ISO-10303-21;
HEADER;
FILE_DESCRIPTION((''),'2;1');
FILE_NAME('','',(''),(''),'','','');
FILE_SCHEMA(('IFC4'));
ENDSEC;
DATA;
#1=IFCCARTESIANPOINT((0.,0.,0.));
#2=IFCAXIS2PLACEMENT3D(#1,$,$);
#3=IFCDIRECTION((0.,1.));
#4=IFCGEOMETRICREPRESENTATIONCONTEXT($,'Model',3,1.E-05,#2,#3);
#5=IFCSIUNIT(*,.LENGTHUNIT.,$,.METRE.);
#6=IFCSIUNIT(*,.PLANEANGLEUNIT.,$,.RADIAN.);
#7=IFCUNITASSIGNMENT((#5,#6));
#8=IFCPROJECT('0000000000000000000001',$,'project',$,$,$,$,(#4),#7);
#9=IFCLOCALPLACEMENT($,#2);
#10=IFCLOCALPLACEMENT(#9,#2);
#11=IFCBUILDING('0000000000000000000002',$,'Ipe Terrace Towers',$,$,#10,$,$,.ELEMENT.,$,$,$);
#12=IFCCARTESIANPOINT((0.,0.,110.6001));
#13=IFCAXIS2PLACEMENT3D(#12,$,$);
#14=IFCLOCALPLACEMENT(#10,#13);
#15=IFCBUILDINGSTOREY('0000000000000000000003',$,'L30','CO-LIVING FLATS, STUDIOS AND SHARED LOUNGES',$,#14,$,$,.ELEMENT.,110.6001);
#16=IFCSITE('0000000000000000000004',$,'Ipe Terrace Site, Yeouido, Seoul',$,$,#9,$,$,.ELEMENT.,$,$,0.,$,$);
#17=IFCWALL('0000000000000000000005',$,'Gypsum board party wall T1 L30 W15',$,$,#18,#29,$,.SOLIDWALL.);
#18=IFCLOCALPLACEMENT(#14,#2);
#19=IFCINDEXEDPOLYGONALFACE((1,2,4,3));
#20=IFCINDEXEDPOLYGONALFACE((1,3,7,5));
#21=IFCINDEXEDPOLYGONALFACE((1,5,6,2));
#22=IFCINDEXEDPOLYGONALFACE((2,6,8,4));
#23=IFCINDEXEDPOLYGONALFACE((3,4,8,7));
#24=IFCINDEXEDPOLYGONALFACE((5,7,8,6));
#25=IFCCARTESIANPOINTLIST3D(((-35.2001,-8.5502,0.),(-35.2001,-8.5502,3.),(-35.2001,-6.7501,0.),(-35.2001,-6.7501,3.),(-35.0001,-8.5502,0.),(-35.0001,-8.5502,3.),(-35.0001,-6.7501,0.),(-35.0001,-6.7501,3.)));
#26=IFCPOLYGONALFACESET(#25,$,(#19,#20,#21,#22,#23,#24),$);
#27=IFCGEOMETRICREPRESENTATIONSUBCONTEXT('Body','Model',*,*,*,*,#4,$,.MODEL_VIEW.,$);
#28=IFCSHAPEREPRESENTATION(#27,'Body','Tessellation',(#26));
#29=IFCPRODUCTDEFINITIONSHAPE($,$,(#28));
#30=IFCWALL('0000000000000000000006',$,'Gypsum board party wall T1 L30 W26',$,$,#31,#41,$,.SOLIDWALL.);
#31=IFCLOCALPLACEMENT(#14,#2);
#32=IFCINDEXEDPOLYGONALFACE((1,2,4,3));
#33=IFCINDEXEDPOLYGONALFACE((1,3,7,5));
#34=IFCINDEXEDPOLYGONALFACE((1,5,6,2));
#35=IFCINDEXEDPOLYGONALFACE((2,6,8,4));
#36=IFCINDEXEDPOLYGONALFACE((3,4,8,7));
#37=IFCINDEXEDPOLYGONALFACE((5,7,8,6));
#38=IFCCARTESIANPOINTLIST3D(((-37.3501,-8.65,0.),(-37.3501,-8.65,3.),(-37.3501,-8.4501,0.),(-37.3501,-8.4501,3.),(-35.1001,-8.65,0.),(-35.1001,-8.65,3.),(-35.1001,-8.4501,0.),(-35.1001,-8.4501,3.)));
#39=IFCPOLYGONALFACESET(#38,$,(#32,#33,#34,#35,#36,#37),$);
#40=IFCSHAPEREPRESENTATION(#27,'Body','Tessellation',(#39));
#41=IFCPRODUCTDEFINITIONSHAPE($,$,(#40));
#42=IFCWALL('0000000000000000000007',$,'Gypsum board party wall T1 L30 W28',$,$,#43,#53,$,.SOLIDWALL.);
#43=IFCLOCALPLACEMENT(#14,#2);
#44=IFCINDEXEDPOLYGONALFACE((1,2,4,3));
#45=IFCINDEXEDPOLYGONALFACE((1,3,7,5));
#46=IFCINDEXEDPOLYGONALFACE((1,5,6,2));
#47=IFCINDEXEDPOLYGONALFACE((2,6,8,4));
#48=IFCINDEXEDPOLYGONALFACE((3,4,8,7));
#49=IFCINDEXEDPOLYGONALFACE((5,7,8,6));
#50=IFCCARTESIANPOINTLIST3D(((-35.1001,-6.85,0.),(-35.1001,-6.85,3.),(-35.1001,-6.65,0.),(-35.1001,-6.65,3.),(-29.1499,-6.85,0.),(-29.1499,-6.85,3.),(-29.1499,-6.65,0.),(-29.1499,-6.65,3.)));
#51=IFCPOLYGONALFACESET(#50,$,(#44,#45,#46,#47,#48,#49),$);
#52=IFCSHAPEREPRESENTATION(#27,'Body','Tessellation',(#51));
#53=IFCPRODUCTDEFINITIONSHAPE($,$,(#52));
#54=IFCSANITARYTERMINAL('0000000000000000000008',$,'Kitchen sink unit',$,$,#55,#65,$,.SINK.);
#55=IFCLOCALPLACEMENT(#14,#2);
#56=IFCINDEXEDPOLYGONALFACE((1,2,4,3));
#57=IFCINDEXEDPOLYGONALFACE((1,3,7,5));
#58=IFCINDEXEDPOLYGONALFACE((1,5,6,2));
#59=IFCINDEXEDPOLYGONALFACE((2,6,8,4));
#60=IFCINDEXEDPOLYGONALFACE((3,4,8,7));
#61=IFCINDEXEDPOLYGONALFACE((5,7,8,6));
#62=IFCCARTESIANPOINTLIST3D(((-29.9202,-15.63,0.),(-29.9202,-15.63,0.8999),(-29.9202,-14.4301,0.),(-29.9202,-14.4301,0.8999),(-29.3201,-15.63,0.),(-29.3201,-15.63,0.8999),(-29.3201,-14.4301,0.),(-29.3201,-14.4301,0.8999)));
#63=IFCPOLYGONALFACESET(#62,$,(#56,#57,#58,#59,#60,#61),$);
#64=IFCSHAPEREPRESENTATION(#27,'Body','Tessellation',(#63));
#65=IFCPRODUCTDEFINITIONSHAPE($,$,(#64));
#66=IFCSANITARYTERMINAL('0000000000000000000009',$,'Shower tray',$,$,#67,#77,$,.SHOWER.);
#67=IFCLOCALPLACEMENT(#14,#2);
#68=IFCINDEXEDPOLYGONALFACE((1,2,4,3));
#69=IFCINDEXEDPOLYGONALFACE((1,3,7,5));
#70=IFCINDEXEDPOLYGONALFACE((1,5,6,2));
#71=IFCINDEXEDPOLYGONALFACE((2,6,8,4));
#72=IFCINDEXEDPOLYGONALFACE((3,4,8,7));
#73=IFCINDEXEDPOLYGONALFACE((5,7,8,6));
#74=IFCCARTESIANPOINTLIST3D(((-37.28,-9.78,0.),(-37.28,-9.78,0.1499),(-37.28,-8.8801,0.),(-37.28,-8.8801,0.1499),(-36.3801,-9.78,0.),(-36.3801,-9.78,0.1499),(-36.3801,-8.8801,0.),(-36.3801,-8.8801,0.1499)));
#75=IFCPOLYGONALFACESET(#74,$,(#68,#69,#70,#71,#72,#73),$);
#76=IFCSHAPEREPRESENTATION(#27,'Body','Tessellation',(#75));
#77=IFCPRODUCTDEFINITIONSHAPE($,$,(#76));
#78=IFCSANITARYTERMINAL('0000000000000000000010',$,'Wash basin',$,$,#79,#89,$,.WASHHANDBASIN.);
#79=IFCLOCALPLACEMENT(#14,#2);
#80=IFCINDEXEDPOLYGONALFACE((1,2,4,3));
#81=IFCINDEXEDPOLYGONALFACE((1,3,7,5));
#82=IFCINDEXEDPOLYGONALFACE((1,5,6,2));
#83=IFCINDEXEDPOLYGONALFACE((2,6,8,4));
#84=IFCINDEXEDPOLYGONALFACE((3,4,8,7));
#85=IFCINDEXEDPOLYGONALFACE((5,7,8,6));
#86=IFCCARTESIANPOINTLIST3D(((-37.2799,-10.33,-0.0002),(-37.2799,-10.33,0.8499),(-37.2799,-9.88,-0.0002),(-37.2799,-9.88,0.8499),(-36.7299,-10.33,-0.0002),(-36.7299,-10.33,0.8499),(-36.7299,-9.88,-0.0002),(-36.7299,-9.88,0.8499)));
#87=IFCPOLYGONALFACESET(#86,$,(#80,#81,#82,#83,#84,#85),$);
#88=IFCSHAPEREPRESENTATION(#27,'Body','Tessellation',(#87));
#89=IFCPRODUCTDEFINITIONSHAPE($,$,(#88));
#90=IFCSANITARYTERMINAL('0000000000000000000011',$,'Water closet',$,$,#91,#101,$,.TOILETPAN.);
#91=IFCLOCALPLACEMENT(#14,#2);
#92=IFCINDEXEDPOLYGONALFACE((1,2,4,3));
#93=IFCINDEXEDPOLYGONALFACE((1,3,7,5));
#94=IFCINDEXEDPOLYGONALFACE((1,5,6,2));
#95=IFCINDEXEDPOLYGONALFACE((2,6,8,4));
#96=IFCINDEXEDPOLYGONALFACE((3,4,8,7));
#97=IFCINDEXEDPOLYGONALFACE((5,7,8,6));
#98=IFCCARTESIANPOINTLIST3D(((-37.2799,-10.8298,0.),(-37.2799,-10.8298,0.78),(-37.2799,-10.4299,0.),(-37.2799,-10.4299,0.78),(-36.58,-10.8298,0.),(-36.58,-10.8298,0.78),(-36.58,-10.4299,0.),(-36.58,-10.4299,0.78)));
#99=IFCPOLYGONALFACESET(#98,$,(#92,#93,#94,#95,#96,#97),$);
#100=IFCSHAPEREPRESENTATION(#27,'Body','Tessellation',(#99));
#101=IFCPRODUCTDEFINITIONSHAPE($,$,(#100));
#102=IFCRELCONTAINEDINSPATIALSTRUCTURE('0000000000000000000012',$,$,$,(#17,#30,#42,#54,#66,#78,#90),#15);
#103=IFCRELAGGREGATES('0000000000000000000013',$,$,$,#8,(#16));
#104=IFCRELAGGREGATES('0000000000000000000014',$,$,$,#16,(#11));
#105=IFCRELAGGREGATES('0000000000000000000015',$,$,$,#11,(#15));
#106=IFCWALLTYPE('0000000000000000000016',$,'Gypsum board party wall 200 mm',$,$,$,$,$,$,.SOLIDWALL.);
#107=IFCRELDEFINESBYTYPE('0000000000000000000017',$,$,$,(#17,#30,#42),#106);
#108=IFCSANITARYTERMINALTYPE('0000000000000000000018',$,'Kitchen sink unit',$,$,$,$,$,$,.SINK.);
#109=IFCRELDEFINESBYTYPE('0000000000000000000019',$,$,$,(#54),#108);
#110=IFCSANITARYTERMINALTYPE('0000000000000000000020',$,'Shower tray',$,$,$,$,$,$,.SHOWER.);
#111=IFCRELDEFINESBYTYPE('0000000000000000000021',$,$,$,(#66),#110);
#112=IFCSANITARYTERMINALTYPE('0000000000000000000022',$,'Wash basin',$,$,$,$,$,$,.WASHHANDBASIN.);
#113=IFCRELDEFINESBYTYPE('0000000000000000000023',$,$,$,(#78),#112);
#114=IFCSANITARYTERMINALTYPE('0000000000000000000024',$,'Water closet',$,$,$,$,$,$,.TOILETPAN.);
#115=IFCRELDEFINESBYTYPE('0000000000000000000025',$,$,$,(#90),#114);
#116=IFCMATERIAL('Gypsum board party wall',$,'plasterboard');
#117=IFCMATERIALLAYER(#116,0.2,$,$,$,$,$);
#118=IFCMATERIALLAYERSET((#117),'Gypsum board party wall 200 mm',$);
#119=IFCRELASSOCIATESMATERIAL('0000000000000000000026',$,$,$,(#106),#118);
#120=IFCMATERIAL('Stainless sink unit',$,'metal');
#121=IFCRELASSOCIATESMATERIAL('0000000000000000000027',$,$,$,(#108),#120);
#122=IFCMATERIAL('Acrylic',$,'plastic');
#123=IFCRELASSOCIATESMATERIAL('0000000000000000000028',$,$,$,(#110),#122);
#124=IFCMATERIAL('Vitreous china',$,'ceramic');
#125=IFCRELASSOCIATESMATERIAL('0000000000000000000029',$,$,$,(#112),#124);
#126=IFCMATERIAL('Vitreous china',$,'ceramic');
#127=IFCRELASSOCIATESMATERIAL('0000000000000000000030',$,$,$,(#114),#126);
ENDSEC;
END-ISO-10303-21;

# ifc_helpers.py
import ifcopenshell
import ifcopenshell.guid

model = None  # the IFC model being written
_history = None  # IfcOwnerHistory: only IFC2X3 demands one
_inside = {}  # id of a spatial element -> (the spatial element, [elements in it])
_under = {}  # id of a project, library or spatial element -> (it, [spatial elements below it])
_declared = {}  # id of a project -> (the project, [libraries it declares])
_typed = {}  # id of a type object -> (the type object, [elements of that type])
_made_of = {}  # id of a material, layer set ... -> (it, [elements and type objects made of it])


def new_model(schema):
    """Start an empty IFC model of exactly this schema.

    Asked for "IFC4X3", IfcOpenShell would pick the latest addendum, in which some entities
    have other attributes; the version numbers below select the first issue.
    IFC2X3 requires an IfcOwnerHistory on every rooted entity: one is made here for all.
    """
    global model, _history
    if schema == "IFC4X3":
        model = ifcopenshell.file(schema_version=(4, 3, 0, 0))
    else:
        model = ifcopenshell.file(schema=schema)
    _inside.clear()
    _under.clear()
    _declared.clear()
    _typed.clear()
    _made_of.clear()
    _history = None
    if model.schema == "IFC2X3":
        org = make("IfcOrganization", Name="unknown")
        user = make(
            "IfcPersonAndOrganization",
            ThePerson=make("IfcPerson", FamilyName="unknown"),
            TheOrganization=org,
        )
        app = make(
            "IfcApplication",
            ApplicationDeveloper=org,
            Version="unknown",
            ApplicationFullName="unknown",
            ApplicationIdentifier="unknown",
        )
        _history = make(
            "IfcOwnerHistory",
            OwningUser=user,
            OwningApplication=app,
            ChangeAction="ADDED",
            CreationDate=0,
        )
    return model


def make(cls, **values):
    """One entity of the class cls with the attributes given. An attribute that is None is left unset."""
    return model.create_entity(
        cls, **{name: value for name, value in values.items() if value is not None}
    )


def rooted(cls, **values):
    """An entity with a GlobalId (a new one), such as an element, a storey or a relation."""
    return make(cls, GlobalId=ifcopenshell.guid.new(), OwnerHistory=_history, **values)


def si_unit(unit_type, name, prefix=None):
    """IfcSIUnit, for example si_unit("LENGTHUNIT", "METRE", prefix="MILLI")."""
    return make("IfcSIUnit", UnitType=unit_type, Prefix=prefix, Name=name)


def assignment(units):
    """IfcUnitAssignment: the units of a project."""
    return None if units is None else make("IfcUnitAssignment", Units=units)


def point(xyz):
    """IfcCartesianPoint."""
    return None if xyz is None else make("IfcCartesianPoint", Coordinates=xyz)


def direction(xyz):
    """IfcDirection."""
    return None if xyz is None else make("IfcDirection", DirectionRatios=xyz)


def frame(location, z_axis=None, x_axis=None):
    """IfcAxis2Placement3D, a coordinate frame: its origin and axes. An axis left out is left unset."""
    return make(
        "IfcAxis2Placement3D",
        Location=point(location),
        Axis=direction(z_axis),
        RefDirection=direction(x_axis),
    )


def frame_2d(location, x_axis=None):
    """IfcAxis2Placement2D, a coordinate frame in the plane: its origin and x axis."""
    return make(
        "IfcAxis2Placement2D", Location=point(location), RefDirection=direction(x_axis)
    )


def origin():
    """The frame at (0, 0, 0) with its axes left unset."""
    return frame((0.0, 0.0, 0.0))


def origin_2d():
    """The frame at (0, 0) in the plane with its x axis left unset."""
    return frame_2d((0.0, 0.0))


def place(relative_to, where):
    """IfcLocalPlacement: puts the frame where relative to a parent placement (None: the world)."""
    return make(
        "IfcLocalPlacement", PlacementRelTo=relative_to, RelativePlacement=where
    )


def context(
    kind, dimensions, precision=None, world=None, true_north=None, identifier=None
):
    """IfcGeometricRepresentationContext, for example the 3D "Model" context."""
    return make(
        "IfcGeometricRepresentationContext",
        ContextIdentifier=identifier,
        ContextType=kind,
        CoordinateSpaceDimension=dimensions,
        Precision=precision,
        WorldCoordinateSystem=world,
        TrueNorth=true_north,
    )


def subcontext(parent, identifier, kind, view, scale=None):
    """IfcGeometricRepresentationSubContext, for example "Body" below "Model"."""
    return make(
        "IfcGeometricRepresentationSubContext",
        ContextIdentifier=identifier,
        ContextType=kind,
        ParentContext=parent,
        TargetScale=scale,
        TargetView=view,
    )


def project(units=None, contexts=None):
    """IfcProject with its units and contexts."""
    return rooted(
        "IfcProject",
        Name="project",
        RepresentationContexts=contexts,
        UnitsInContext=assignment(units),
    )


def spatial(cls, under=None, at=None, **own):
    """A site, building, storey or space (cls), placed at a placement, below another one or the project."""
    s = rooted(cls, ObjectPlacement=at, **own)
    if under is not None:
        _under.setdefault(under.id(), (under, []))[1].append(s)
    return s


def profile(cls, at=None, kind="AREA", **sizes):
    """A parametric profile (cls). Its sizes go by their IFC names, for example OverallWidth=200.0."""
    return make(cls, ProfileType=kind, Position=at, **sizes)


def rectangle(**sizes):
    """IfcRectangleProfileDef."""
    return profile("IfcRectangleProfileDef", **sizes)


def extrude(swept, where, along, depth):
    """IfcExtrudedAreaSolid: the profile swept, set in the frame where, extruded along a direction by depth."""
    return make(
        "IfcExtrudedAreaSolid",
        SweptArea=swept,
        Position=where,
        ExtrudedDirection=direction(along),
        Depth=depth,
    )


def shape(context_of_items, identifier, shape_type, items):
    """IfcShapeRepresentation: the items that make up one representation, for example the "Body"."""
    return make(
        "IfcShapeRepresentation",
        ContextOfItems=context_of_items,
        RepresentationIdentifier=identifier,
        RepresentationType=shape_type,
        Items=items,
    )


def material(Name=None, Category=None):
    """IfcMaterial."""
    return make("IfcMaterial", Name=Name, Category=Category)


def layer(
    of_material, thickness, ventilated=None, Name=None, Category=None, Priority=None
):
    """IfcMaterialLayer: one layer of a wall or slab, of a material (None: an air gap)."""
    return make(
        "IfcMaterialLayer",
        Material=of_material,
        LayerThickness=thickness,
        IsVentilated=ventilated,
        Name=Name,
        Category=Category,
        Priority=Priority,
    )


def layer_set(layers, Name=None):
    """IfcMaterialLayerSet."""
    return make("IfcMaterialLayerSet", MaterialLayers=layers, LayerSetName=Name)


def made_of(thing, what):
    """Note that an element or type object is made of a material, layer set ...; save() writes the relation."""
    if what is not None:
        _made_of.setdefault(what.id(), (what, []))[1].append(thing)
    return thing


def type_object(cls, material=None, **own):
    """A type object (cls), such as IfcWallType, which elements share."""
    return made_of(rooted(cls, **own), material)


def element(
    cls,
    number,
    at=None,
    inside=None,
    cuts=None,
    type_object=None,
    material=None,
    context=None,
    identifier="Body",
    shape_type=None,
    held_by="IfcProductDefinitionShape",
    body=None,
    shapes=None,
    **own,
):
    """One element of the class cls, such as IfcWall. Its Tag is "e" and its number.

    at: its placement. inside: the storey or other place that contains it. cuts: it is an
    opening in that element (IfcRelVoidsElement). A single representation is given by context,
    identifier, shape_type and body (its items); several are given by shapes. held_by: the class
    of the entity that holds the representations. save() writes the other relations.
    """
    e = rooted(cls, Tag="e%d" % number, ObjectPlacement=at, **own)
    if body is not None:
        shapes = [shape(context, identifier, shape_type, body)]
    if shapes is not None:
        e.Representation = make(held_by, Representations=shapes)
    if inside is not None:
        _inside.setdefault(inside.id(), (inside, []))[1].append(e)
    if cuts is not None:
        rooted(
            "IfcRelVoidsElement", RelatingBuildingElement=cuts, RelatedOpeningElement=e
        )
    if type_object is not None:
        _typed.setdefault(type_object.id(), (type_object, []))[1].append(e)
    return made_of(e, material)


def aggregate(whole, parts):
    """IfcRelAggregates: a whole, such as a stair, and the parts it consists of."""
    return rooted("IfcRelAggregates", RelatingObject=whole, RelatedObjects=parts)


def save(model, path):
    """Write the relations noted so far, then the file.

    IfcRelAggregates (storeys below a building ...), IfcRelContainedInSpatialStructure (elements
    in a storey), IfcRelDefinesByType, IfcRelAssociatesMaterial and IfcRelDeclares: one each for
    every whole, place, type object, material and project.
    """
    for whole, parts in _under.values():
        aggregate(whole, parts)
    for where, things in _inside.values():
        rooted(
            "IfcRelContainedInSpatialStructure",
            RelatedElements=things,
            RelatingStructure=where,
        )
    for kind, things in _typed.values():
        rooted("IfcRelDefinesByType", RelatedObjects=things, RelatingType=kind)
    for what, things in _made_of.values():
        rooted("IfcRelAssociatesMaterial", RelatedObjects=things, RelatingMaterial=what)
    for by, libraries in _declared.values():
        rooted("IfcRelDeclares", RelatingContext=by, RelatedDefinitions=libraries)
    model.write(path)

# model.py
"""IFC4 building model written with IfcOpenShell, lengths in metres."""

from ifc_helpers import new_model, si_unit, direction, frame, frame_2d, origin, origin_2d, place, context, subcontext, project, spatial, rectangle, extrude, material, layer, layer_set, type_object, element, save


model = new_model("IFC4")

# Units and contexts
model_context = context("Model", 3, precision=1e-05, world=origin(), true_north=direction((0.0, 1.0)))
body_context = subcontext(model_context, "Body", "Model", "MODEL_VIEW")
ifc_project = project(units=[si_unit("LENGTHUNIT", "METRE"), si_unit("PLANEANGLEUNIT", "RADIAN")], contexts=[model_context])

# Site, building, storey
site_placement = place(None, origin())
site = spatial("IfcSite", under=ifc_project, at=site_placement, Name="Ipe Terrace Site, Yeouido, Seoul", CompositionType="ELEMENT", RefElevation=0.0)
building_placement = place(site_placement, origin())
building = spatial("IfcBuilding", under=site, at=building_placement, Name="Ipe Terrace Towers", CompositionType="ELEMENT")
storey_placement = place(building_placement, frame((0.0, 0.0, 110.6001)))
storey = spatial("IfcBuildingStorey", under=building, at=storey_placement, Name="L30", Description="CO-LIVING FLATS, STUDIOS AND SHARED LOUNGES", CompositionType="ELEMENT", Elevation=110.6001)

# Walls
ifc_material_1 = material(Name="Gypsum board party wall", Category="plasterboard")
ifc_layer_1 = layer(ifc_material_1, 0.2)
ifc_layer_set_1 = layer_set([ifc_layer_1], Name="Gypsum board party wall 200 mm")
wall_type_1 = type_object("IfcWallType", Name="Gypsum board party wall 200 mm", PredefinedType="SOLIDWALL", material=ifc_layer_set_1)
wall_1_placement = place(storey_placement, frame((-35.1001, -8.55, 0.0), z_axis=(0.0, 0.0, 1.0), x_axis=(0.0, 1.0, 0.0)))
element("IfcWall", 1, at=wall_1_placement, inside=storey, type_object=wall_type_1, Name="Gypsum board party wall T1 L30 W15", PredefinedType="SOLIDWALL", context=body_context, shape_type="SweptSolid", body=[
    extrude(rectangle(XDim=1.8, YDim=0.2, at=frame_2d((0.8999, 0.0))), origin(), (0.0, 0.0, 1.0), 3.0),
])
wall_2_placement = place(storey_placement, frame((-37.3501, -8.55, 0.0), z_axis=(0.0, 0.0, 1.0), x_axis=(1.0, 0.0, 0.0)))
element("IfcWall", 2, at=wall_2_placement, inside=storey, type_object=wall_type_1, Name="Gypsum board party wall T1 L30 W26", PredefinedType="SOLIDWALL", context=body_context, shape_type="SweptSolid", body=[
    extrude(rectangle(XDim=2.25, YDim=0.2, at=frame_2d((1.125, 0.0))), origin(), (0.0, 0.0, 1.0), 3.0),
])
wall_3_placement = place(storey_placement, frame((-35.1001, -6.75, 0.0), z_axis=(0.0, 0.0, 1.0), x_axis=(1.0, 0.0, 0.0)))
element("IfcWall", 3, at=wall_3_placement, inside=storey, type_object=wall_type_1, Name="Gypsum board party wall T1 L30 W28", PredefinedType="SOLIDWALL", context=body_context, shape_type="SweptSolid", body=[
    extrude(rectangle(XDim=5.9502, YDim=0.2, at=frame_2d((2.9751, 0.0))), origin(), (0.0, 0.0, 1.0), 3.0),
])

# Sanitary terminals
ifc_material_2 = material(Name="Stainless sink unit", Category="metal")
sanitary_terminal_type_1 = type_object("IfcSanitaryTerminalType", Name="Kitchen sink unit", PredefinedType="SINK", material=ifc_material_2)
sanitary_terminal_1_placement = place(storey_placement, frame((-29.6201, -15.03, 0.0), z_axis=(0.0, 0.0, 1.0), x_axis=(0.0, -1.0, 0.0)))
element("IfcSanitaryTerminal", 4, at=sanitary_terminal_1_placement, inside=storey, type_object=sanitary_terminal_type_1, Name="Kitchen sink unit", PredefinedType="SINK", context=body_context, shape_type="SweptSolid", body=[
    extrude(rectangle(XDim=1.2, YDim=0.6001, at=origin_2d()), origin(), (0.0, 0.0, 1.0), 0.8999),
])
ifc_material_3 = material(Name="Acrylic", Category="plastic")
sanitary_terminal_type_2 = type_object("IfcSanitaryTerminalType", Name="Shower tray", PredefinedType="SHOWER", material=ifc_material_3)
sanitary_terminal_2_placement = place(storey_placement, frame((-36.8301, -9.3301, 0.0), z_axis=(0.0, 0.0, 1.0), x_axis=(1.0, 0.0, 0.0)))
element("IfcSanitaryTerminal", 5, at=sanitary_terminal_2_placement, inside=storey, type_object=sanitary_terminal_type_2, Name="Shower tray", PredefinedType="SHOWER", context=body_context, shape_type="SweptSolid", body=[
    extrude(rectangle(XDim=0.8999, YDim=0.8999, at=origin_2d()), origin(), (0.0, 0.0, 1.0), 0.1499),
])
ifc_material_4 = material(Name="Vitreous china", Category="ceramic")
sanitary_terminal_type_3 = type_object("IfcSanitaryTerminalType", Name="Wash basin", PredefinedType="WASHHANDBASIN", material=ifc_material_4)
sanitary_terminal_3_placement = place(storey_placement, frame((-37.0049, -10.105, -0.0002), z_axis=(0.0, 0.0, 1.0), x_axis=(1.0, 0.0, 0.0)))
element("IfcSanitaryTerminal", 6, at=sanitary_terminal_3_placement, inside=storey, type_object=sanitary_terminal_type_3, Name="Wash basin", PredefinedType="WASHHANDBASIN", context=body_context, shape_type="SweptSolid", body=[
    extrude(rectangle(XDim=0.55, YDim=0.45, at=origin_2d()), origin(), (0.0, 0.0, 1.0), 0.8501),
])
ifc_material_5 = material(Name="Vitreous china", Category="ceramic")
sanitary_terminal_type_4 = type_object("IfcSanitaryTerminalType", Name="Water closet", PredefinedType="TOILETPAN", material=ifc_material_5)
sanitary_terminal_4_placement = place(storey_placement, frame((-36.9299, -10.6299, 0.0), z_axis=(0.0, 0.0, 1.0), x_axis=(1.0, 0.0, 0.0)))
element("IfcSanitaryTerminal", 7, at=sanitary_terminal_4_placement, inside=storey, type_object=sanitary_terminal_type_4, Name="Water closet", PredefinedType="TOILETPAN", context=body_context, shape_type="SweptSolid", body=[
    extrude(rectangle(XDim=0.7, YDim=0.3999, at=origin_2d()), origin(), (0.0, 0.0, 1.0), 0.78),
])

save(model, "model.ifc")
